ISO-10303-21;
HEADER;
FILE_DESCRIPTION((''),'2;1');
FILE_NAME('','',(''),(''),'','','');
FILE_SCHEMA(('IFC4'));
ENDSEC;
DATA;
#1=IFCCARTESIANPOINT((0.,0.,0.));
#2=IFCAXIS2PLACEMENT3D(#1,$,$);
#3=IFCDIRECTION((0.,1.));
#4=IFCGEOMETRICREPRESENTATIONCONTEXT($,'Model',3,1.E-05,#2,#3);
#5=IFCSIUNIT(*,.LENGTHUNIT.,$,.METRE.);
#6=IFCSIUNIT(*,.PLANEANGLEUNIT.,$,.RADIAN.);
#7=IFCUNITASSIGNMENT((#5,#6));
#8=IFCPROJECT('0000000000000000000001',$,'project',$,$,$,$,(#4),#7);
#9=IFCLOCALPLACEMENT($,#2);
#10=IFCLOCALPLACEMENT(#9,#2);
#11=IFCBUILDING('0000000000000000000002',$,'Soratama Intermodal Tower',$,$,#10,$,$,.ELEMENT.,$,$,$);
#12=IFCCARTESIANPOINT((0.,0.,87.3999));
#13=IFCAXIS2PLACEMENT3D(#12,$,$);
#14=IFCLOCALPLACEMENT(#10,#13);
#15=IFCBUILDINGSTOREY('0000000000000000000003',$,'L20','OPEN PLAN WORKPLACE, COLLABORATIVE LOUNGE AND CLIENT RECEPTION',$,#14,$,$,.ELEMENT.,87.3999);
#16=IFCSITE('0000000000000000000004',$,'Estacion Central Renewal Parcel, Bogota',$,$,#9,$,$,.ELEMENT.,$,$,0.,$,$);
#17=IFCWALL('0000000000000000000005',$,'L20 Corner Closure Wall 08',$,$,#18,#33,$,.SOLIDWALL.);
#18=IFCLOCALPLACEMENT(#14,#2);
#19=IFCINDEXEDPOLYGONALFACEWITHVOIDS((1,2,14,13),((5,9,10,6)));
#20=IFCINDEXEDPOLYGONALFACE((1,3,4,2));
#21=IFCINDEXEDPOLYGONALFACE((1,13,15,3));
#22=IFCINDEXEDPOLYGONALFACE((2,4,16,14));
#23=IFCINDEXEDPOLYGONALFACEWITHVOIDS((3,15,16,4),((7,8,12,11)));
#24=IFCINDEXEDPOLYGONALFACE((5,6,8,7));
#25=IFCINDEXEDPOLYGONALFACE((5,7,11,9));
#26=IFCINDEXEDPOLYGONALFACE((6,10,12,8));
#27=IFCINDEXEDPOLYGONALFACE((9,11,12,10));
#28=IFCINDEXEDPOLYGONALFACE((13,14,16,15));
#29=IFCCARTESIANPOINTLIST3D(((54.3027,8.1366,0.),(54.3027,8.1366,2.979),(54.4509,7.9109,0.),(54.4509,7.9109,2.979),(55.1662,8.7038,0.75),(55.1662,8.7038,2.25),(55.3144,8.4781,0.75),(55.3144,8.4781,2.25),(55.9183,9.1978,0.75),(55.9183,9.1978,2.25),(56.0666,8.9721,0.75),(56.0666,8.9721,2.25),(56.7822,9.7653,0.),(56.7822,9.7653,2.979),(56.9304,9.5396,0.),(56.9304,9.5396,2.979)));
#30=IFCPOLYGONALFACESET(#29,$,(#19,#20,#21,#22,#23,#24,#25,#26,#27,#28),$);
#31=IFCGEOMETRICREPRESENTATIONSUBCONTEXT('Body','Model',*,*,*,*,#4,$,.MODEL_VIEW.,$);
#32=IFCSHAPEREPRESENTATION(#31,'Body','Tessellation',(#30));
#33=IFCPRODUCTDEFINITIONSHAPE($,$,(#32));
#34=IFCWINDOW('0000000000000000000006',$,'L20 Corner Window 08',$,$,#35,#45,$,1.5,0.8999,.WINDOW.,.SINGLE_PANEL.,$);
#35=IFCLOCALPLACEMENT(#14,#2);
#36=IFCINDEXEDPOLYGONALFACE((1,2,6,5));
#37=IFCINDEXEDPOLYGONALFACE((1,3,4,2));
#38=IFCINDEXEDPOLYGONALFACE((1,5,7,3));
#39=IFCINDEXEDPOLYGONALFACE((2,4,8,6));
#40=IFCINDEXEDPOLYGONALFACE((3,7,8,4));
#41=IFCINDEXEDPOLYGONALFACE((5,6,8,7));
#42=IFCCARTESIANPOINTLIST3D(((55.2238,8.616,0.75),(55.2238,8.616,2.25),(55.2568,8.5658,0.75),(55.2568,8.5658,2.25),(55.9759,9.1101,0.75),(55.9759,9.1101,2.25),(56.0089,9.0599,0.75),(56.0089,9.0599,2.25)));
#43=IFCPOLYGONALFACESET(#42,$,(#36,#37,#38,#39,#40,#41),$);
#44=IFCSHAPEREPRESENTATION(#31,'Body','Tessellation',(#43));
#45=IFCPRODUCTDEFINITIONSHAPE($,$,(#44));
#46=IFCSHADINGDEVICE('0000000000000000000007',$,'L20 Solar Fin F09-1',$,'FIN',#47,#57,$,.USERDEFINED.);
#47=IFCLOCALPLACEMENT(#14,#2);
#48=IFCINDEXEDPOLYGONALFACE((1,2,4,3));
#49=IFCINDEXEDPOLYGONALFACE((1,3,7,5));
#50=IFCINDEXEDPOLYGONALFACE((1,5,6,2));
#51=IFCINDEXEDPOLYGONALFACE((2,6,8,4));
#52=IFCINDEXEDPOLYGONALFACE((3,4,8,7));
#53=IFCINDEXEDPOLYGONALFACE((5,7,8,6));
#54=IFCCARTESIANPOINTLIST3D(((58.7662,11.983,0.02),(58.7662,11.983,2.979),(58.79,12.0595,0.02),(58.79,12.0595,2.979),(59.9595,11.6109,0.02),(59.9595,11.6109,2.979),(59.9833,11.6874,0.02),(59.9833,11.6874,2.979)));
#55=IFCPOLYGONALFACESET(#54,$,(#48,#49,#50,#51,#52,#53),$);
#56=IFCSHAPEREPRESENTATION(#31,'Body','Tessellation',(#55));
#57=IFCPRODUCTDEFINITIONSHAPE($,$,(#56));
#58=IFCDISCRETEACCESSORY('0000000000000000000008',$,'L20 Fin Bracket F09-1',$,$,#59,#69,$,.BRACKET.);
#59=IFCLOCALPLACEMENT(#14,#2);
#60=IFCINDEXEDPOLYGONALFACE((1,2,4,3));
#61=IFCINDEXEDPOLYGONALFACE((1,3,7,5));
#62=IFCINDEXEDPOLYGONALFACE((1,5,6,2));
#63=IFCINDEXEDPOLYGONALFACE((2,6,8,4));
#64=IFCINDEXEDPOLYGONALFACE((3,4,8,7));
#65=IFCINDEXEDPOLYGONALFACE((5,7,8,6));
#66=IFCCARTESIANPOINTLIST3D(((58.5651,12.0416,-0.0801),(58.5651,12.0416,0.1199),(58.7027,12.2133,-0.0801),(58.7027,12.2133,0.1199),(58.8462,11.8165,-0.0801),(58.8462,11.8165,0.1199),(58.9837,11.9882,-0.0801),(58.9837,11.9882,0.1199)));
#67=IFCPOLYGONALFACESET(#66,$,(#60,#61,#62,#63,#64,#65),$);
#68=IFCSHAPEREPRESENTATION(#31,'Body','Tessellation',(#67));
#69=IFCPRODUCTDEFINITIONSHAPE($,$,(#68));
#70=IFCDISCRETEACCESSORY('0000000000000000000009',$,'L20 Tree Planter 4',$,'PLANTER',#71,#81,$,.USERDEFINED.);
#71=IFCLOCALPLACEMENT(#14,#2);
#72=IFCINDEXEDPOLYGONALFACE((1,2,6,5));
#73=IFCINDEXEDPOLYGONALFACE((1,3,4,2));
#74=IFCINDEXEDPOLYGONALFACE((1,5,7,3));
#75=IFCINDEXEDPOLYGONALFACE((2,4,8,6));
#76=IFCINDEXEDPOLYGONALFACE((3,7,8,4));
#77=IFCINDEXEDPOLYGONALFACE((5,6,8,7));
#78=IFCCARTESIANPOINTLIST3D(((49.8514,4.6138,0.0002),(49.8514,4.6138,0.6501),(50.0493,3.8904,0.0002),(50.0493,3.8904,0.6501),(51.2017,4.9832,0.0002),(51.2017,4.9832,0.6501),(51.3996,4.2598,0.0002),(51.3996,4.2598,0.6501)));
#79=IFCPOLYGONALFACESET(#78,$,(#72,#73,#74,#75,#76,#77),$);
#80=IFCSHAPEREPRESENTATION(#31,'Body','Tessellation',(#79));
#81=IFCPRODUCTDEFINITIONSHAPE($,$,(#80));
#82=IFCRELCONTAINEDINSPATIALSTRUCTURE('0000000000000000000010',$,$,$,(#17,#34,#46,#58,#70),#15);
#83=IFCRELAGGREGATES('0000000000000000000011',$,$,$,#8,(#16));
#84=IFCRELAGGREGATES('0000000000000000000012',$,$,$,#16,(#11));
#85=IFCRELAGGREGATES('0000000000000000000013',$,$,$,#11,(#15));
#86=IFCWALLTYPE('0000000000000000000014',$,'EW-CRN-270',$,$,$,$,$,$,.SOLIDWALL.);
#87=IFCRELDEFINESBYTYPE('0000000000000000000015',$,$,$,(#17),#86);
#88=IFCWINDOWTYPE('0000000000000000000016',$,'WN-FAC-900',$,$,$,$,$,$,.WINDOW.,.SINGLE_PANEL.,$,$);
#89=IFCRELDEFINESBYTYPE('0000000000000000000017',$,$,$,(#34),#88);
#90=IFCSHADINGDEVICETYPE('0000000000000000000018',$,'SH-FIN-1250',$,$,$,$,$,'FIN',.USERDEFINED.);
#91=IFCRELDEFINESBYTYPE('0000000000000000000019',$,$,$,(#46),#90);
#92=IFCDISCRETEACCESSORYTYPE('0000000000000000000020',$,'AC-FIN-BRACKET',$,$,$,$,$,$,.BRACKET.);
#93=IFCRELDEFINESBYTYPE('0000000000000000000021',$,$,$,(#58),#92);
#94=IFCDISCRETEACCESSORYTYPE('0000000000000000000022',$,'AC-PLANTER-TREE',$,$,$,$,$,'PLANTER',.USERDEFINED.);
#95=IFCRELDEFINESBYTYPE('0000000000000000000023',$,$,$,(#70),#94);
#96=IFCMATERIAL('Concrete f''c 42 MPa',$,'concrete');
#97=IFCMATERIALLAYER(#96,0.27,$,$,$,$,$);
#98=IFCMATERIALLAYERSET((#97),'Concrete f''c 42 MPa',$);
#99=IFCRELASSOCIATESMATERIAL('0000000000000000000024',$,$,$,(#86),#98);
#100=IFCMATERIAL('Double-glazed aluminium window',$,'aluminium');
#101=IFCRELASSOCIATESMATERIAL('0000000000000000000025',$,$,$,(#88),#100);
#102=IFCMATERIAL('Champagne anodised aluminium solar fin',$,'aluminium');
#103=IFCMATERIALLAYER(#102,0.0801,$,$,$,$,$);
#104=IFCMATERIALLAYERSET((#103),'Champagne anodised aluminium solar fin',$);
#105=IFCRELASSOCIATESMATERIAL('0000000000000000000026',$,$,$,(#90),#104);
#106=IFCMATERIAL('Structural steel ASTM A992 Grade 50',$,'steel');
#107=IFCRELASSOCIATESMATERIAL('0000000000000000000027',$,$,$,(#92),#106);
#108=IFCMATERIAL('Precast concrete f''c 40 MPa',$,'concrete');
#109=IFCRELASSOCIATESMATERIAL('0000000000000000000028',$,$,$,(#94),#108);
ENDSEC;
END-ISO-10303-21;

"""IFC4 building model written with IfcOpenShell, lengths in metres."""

from ifc_helpers import new_model, si_unit, direction, frame, frame_2d, origin, origin_2d, place, context, subcontext, project, spatial, rectangle, extrude, material, layer, layer_set, type_object, element, fill, save


model = new_model("IFC4")

# Units and contexts
model_context = context("Model", 3, precision=1e-05, world=origin(), true_north=direction((0.0, 1.0)))
body_context = subcontext(model_context, "Body", "Model", "MODEL_VIEW")
ifc_project = project(units=[si_unit("LENGTHUNIT", "METRE"), si_unit("PLANEANGLEUNIT", "RADIAN")], contexts=[model_context])

# Site, building, storey
site_placement = place(None, origin())
site = spatial("IfcSite", under=ifc_project, at=site_placement, Name="Estacion Central Renewal Parcel, Bogota", CompositionType="ELEMENT", RefElevation=0.0)
building_placement = place(site_placement, origin())
building = spatial("IfcBuilding", under=site, at=building_placement, Name="Soratama Intermodal Tower", CompositionType="ELEMENT")
storey_placement = place(building_placement, frame((0.0, 0.0, 87.3999)))
storey = spatial("IfcBuildingStorey", under=building, at=storey_placement, Name="L20", Description="OPEN PLAN WORKPLACE, COLLABORATIVE LOUNGE AND CLIENT RECEPTION", CompositionType="ELEMENT", Elevation=87.3999)

# Wall, opening, window
ifc_material_1 = material(Name="Concrete f'c 42 MPa", Category="concrete")
ifc_layer_1 = layer(ifc_material_1, 0.27)
ifc_layer_set_1 = layer_set([ifc_layer_1], Name="Concrete f'c 42 MPa")
wall_type = type_object("IfcWallType", Name="EW-CRN-270", PredefinedType="SOLIDWALL", material=ifc_layer_set_1)
wall_placement = place(storey_placement, frame((54.3767, 8.0237, 0.0), z_axis=(0.0, 0.0, 1.0), x_axis=(0.835817, 0.549009, 0.0)))
wall = element("IfcWall", 1, at=wall_placement, inside=storey, type_object=wall_type, Name="L20 Corner Closure Wall 08", PredefinedType="SOLIDWALL", context=body_context, shape_type="SweptSolid", body=[
    extrude(rectangle(XDim=2.9666, YDim=0.27, at=frame_2d((1.4834, 0.0))), origin(), (0.0, 0.0, 1.0), 2.979),
])
opening_placement = place(wall_placement, frame((1.0332, 0.0, 0.75)))
opening = element("IfcOpeningElement", 2, at=opening_placement, cuts=wall, PredefinedType="OPENING", context=body_context, shape_type="SweptSolid", body=[
    extrude(rectangle(XDim=0.8999, YDim=1.5, at=frame_2d((0.45, 0.75))), frame((0.0, 0.145, 0.0), z_axis=(0.0, -1.0, 0.0), x_axis=(1.0, 0.0, 0.0)), (0.0, 0.0, 1.0), 0.29),
])
ifc_material_2 = material(Name="Double-glazed aluminium window", Category="aluminium")
window_type = type_object("IfcWindowType", Name="WN-FAC-900", PartitioningType="SINGLE_PANEL", PredefinedType="WINDOW", material=ifc_material_2)
window_placement = place(opening_placement, origin())
window = element("IfcWindow", 3, at=window_placement, inside=storey, type_object=window_type, Name="L20 Corner Window 08", OverallHeight=1.5, OverallWidth=0.8999, PartitioningType="SINGLE_PANEL", PredefinedType="WINDOW", context=body_context, shape_type="SweptSolid", body=[
    extrude(rectangle(XDim=0.8999, YDim=1.5, at=frame_2d((0.45, 0.75))), frame((0.0, 0.03, 0.0), z_axis=(0.0, -1.0, 0.0), x_axis=(1.0, 0.0, 0.0)), (0.0, 0.0, 1.0), 0.0601),
])
fill(opening, window)

# Shading device
ifc_material_3 = material(Name="Champagne anodised aluminium solar fin", Category="aluminium")
ifc_layer_2 = layer(ifc_material_3, 0.0801)
ifc_layer_set_2 = layer_set([ifc_layer_2], Name="Champagne anodised aluminium solar fin")
shading_device_type = type_object("IfcShadingDeviceType", Name="SH-FIN-1250", ElementType="FIN", PredefinedType="USERDEFINED", material=ifc_layer_set_2)
shading_device_placement = place(storey_placement, frame((59.3748, 11.8352, 0.02), z_axis=(0.0, 0.0, 1.0), x_axis=(0.954657, -0.297708, 0.0)))
element("IfcShadingDevice", 4, at=shading_device_placement, inside=storey, type_object=shading_device_type, Name="L20 Solar Fin F09-1", ObjectType="FIN", PredefinedType="USERDEFINED", context=body_context, shape_type="SweptSolid", body=[
    extrude(rectangle(XDim=1.25, YDim=0.0801, at=origin_2d()), origin(), (0.0, 0.0, 1.0), 2.959),
])

# Discrete accessories
ifc_material_4 = material(Name="Structural steel ASTM A992 Grade 50", Category="steel")
discrete_accessory_type_1 = type_object("IfcDiscreteAccessoryType", Name="AC-FIN-BRACKET", PredefinedType="BRACKET", material=ifc_material_4)
discrete_accessory_1_placement = place(storey_placement, frame((58.7744, 12.0149, -0.0801), z_axis=(0.0, 0.0, 1.0), x_axis=(0.78043, -0.625243, 0.0)))
element("IfcDiscreteAccessory", 5, at=discrete_accessory_1_placement, inside=storey, type_object=discrete_accessory_type_1, Name="L20 Fin Bracket F09-1", PredefinedType="BRACKET", context=body_context, shape_type="SweptSolid", body=[
    extrude(rectangle(XDim=0.3601, YDim=0.22, at=origin_2d()), origin(), (0.0, 0.0, 1.0), 0.2),
])
ifc_material_5 = material(Name="Precast concrete f'c 40 MPa", Category="concrete")
discrete_accessory_type_2 = type_object("IfcDiscreteAccessoryType", Name="AC-PLANTER-TREE", ElementType="PLANTER", PredefinedType="USERDEFINED", material=ifc_material_5)
discrete_accessory_2_placement = place(storey_placement, frame((50.6255, 4.4368, 0.0002), z_axis=(0.0, 0.0, 1.0), x_axis=(0.263873, -0.964557, 0.0)))
element("IfcDiscreteAccessory", 6, at=discrete_accessory_2_placement, inside=storey, type_object=discrete_accessory_type_2, Name="L20 Tree Planter 4", ObjectType="PLANTER", PredefinedType="USERDEFINED", context=body_context, shape_type="SweptSolid", body=[
    extrude(rectangle(XDim=0.75, YDim=1.3999, at=origin_2d()), origin(), (0.0, 0.0, 1.0), 0.6499),
])

save(model, "model.ifc")
